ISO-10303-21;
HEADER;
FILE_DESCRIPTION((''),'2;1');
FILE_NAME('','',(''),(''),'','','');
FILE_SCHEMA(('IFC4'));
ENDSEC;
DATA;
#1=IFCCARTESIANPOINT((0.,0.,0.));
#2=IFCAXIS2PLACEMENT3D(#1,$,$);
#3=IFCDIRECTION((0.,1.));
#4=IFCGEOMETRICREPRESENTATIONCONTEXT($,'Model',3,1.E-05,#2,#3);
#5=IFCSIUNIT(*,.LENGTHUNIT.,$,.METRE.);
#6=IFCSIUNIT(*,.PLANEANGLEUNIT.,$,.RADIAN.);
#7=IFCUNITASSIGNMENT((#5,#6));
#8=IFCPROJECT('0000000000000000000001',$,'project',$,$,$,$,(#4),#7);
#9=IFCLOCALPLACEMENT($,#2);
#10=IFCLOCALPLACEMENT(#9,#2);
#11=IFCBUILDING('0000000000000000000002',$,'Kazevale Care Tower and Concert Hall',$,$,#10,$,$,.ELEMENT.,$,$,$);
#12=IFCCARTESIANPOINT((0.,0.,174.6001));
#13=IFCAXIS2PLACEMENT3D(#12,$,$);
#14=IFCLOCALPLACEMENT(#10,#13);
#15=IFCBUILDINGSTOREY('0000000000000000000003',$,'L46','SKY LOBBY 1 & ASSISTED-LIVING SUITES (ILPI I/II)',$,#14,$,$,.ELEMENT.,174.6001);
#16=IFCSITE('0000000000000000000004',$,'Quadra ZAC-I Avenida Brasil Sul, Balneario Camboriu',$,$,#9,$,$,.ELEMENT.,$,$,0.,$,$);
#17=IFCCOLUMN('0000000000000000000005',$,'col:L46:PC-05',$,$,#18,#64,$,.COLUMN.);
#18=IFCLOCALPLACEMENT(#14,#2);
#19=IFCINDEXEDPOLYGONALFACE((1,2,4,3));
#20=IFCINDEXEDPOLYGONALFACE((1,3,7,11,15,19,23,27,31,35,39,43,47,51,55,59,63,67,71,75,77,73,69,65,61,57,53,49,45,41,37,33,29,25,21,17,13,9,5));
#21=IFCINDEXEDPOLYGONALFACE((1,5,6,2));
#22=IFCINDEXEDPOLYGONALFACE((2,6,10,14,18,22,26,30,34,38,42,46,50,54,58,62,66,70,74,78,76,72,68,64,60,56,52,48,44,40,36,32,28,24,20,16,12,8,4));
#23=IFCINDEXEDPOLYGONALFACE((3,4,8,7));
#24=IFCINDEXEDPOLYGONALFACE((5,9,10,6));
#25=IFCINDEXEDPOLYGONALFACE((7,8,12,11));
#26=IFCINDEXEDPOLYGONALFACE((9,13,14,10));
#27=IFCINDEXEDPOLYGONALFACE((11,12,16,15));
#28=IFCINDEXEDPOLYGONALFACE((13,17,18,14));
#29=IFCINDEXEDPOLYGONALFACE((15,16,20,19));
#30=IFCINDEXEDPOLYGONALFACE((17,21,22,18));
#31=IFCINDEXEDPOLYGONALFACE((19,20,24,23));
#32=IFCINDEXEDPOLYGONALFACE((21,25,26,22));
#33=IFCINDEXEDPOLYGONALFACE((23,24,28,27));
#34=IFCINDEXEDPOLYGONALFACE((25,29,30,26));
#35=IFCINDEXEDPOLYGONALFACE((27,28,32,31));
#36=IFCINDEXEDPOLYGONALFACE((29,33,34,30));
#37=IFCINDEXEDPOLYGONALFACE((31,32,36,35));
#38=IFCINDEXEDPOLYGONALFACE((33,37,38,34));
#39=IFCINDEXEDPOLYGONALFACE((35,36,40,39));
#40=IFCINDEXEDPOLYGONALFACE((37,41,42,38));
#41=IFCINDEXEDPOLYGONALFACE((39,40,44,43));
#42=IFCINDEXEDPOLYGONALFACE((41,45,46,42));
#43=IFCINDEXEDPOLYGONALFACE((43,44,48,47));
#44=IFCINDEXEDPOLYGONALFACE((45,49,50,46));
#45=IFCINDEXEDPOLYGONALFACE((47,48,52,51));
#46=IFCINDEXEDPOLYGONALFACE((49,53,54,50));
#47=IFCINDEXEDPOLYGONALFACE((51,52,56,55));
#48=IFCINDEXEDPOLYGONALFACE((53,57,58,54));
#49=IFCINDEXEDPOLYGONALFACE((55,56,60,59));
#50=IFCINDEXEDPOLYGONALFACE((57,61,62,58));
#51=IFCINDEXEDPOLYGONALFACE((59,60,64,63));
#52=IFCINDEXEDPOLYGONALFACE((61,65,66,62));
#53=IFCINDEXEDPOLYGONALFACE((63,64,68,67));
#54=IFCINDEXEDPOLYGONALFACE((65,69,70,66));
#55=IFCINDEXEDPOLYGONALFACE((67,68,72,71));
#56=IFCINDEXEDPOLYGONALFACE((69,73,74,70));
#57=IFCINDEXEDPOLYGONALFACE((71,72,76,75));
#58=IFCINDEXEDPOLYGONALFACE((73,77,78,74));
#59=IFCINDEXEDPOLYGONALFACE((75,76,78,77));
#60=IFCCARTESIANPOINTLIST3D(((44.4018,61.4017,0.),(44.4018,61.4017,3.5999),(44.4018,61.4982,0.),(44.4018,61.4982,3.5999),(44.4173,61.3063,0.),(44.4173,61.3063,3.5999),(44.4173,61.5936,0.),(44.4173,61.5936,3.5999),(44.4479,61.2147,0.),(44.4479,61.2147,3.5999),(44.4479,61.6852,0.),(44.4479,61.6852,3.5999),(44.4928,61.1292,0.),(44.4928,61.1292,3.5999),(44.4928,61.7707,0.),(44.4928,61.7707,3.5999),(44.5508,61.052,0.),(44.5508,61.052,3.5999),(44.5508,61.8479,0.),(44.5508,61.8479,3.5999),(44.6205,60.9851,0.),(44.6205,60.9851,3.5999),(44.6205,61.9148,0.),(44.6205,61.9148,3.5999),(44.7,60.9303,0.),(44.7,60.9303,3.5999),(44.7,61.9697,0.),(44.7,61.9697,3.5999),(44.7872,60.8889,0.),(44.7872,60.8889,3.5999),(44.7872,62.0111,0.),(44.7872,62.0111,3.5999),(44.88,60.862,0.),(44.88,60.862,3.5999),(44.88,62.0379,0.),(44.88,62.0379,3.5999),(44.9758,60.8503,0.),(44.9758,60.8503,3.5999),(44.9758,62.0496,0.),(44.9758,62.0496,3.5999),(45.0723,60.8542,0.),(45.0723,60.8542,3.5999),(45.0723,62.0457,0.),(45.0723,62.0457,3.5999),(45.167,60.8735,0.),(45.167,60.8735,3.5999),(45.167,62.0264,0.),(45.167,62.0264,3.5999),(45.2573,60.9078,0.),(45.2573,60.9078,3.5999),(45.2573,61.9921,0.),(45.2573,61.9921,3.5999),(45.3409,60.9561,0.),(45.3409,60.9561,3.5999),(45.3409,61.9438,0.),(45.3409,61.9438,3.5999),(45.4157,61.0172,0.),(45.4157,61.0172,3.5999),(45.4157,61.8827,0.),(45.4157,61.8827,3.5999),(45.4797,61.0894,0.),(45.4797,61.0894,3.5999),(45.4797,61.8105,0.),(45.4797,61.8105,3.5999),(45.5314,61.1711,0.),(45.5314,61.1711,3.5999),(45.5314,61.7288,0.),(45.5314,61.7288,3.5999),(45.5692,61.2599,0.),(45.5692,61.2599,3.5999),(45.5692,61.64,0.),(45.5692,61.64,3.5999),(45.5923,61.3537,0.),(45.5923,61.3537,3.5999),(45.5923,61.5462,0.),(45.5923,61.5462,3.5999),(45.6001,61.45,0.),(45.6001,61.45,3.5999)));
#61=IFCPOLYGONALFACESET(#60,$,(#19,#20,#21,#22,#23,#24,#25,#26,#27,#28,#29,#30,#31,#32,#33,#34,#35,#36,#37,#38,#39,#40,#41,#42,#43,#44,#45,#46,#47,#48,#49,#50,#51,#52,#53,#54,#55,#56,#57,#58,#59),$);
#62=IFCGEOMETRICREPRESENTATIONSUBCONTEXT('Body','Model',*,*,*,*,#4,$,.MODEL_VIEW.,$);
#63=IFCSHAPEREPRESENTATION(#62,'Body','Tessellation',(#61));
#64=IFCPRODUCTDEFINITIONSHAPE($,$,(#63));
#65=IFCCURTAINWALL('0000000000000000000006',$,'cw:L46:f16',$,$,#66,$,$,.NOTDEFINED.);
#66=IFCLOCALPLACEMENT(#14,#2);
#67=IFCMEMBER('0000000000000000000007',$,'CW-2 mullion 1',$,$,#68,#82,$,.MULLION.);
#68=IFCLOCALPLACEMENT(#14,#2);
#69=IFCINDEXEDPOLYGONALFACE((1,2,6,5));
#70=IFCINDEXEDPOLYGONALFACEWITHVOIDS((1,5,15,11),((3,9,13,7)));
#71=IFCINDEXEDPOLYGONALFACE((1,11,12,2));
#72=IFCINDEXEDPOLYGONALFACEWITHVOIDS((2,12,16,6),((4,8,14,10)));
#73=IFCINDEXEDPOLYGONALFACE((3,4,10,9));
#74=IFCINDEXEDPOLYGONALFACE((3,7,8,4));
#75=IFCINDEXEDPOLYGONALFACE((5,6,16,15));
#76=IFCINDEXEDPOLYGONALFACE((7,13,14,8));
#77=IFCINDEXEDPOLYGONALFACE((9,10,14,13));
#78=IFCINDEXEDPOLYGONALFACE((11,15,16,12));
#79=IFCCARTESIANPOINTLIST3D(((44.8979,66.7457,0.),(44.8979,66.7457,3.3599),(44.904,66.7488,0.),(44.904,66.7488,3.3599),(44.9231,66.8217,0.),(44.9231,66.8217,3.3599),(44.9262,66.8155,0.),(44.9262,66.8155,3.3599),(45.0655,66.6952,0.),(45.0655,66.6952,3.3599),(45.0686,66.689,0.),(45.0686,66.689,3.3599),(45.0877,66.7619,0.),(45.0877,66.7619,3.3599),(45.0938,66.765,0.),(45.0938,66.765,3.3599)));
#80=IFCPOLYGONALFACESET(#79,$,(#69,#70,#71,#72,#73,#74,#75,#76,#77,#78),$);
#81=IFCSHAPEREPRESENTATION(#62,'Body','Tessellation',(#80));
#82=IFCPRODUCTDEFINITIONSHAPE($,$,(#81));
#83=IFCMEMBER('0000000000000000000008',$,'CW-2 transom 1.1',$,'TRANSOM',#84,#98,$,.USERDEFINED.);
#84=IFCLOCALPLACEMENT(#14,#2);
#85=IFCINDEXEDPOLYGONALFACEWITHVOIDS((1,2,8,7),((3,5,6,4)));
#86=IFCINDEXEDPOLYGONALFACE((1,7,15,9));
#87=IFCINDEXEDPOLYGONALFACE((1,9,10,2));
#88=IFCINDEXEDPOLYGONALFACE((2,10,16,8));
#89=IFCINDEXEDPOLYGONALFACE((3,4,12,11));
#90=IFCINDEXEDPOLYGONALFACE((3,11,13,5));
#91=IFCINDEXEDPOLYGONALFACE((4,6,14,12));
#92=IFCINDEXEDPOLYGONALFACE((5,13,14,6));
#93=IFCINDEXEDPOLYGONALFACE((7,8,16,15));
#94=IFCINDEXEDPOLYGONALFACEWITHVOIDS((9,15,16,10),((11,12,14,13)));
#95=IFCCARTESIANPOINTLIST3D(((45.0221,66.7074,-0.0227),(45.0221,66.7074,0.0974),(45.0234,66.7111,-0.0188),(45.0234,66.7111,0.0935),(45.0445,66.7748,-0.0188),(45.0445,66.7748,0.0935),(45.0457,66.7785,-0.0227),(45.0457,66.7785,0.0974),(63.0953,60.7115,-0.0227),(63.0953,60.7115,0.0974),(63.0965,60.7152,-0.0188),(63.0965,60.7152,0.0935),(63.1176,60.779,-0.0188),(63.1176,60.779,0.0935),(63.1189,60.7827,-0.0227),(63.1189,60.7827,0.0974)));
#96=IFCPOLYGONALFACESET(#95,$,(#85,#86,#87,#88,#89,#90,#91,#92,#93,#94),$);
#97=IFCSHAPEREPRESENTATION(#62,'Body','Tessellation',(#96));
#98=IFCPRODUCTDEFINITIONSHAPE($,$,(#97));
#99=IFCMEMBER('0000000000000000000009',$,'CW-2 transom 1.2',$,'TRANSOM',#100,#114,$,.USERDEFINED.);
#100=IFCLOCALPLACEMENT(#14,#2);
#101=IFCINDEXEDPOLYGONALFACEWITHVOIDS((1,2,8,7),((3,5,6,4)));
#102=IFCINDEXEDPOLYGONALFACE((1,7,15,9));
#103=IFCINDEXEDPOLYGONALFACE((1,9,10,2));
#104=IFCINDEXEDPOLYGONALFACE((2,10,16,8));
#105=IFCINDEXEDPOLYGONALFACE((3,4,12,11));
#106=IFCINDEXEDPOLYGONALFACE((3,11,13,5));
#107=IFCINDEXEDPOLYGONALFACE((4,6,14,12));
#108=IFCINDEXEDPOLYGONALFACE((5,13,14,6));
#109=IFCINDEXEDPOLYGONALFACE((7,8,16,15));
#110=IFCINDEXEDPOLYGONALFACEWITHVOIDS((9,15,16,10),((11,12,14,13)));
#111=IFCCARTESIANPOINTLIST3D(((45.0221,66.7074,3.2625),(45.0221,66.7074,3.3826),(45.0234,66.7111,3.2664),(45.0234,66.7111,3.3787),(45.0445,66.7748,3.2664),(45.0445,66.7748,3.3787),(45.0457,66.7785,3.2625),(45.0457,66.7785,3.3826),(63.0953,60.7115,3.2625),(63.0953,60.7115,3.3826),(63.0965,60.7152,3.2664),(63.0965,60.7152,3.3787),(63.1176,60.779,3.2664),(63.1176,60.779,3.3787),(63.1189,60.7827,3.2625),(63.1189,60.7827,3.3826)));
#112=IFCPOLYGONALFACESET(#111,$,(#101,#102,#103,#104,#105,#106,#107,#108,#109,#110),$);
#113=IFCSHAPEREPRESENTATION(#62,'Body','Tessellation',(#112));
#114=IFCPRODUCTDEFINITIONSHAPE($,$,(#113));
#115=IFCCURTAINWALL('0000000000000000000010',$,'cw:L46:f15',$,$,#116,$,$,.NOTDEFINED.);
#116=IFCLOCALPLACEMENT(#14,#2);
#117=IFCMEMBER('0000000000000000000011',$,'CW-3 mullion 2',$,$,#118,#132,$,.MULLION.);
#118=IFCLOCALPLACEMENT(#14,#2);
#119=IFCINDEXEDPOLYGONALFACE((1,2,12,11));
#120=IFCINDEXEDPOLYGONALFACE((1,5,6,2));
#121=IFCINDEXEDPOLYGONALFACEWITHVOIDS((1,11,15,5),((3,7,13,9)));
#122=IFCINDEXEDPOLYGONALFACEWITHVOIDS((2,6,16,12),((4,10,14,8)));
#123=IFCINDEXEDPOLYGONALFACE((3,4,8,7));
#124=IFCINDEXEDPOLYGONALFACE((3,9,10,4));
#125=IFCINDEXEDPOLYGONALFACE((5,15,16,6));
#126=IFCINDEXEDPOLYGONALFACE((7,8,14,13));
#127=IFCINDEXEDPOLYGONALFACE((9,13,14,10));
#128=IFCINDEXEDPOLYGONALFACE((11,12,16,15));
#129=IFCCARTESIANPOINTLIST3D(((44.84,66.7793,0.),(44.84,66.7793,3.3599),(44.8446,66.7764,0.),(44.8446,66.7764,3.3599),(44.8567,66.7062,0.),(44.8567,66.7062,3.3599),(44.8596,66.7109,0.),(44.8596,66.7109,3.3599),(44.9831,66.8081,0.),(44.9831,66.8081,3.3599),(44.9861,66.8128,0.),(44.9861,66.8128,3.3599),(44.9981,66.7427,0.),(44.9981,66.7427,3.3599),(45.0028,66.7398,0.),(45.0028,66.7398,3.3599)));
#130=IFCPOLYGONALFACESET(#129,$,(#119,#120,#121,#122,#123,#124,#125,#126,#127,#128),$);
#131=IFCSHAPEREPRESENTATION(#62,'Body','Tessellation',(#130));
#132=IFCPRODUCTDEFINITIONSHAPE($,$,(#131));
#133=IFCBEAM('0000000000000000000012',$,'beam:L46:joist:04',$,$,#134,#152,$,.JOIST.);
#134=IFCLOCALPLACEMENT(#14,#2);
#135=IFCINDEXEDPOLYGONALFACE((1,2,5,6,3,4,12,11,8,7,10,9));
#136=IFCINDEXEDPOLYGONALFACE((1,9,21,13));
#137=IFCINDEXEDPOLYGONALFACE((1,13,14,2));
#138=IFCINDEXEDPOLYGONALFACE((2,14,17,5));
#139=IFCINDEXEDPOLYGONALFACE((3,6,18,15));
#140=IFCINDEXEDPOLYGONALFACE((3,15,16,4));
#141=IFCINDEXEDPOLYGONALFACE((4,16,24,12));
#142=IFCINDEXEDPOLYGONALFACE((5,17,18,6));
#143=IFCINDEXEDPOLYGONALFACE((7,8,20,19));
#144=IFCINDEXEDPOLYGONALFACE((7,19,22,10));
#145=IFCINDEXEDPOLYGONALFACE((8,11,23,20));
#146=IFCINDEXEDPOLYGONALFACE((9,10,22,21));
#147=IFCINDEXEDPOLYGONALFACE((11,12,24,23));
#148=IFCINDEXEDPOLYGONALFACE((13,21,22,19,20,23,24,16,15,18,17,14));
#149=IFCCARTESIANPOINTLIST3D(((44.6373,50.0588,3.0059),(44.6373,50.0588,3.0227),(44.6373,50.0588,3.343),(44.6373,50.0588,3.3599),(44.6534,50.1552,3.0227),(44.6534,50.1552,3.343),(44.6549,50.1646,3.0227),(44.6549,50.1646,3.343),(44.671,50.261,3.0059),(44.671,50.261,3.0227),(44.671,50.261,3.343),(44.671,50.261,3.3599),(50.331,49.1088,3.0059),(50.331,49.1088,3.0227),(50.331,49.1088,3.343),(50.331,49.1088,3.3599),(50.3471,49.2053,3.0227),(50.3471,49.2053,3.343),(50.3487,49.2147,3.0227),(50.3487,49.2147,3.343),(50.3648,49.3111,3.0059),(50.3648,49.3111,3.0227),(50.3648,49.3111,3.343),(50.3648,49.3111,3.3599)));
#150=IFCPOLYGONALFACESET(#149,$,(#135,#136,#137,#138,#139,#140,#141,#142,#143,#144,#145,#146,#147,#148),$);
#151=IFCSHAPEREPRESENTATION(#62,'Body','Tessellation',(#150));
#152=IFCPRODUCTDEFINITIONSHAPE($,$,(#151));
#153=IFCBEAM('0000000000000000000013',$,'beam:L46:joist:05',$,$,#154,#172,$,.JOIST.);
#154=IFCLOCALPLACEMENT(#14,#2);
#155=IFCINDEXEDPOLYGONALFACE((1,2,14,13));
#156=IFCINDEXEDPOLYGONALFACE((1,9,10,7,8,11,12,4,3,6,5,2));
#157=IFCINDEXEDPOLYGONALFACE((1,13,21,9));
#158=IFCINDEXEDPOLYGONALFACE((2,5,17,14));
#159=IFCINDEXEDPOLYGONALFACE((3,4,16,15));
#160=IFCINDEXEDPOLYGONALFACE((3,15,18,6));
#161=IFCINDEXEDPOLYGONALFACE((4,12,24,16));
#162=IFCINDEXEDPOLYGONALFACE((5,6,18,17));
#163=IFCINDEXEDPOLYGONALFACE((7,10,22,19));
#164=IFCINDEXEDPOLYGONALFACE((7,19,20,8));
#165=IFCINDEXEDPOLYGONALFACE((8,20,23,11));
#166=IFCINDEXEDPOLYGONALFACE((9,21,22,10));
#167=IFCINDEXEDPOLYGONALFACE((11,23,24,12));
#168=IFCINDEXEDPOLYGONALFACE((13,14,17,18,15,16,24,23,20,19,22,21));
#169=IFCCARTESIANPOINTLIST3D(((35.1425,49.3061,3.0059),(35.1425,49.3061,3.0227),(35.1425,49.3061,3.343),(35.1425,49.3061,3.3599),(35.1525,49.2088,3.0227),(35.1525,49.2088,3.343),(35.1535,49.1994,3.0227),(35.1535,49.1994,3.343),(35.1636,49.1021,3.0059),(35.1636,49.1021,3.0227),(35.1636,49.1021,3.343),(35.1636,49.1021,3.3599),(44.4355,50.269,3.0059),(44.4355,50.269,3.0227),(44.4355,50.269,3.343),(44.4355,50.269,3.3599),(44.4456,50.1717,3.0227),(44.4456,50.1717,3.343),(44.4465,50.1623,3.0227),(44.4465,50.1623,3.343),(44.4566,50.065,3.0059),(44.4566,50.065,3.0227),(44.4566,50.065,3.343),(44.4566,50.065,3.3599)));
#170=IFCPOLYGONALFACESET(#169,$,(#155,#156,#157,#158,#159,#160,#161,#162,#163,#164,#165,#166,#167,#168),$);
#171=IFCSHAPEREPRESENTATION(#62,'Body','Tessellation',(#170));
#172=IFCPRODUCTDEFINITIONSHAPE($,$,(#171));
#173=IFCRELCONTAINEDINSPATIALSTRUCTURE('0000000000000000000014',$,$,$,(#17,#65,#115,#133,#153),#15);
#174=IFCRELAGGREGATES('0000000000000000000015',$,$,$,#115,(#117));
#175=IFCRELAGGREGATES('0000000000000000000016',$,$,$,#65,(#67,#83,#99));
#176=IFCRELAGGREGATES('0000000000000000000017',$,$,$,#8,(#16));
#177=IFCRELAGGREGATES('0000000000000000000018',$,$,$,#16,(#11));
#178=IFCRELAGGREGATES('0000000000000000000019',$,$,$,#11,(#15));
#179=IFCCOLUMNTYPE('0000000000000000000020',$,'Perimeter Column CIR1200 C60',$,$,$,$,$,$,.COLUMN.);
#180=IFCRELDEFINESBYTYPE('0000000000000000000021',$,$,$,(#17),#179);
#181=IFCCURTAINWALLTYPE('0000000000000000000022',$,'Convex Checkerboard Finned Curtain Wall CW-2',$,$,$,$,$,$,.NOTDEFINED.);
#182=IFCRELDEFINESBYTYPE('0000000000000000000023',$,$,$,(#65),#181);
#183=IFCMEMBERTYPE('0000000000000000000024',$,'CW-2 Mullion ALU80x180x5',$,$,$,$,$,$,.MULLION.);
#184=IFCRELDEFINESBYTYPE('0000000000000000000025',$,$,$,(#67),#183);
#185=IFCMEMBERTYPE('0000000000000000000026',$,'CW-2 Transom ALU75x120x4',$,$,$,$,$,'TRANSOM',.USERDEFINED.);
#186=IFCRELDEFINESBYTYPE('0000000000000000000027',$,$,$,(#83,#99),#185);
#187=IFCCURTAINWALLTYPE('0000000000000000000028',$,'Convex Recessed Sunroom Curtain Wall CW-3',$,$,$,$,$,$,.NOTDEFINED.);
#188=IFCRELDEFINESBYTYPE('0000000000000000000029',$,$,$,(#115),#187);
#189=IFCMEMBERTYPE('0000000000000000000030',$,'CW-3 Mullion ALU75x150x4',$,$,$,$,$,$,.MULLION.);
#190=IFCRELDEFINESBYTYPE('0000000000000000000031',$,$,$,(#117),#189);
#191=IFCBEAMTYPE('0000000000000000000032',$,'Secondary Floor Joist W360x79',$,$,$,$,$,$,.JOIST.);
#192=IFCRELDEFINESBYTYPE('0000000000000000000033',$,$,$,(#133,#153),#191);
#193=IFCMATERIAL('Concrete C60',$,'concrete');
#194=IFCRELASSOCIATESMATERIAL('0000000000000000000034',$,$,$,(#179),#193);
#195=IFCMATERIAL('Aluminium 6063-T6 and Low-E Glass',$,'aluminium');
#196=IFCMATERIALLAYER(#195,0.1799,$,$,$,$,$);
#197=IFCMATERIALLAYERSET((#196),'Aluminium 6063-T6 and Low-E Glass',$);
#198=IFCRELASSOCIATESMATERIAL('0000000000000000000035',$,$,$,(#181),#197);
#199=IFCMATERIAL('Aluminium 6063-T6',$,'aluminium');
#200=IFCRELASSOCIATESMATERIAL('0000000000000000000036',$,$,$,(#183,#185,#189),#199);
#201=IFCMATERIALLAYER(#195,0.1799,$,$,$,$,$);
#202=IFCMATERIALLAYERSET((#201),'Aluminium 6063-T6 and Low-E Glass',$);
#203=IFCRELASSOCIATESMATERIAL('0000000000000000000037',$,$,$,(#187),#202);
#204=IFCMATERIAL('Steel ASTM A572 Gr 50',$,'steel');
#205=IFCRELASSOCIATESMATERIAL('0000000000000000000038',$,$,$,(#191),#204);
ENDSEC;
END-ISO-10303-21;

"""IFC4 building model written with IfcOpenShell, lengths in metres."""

from ifc_helpers import new_model, si_unit, direction, frame, origin, origin_2d, place, context, subcontext, project, spatial, hollow_rectangle, circle, i_section, extrude, material, layer, layer_set, material_profile, profile_set, type_object, element, aggregate, save


model = new_model("IFC4")

# Units and contexts
model_context = context("Model", 3, precision=1e-05, world=origin(), true_north=direction((0.0, 1.0)))
body_context = subcontext(model_context, "Body", "Model", "MODEL_VIEW")
ifc_project = project(units=[si_unit("LENGTHUNIT", "METRE"), si_unit("PLANEANGLEUNIT", "RADIAN")], contexts=[model_context])

# Site, building, storey
site_placement = place(None, origin())
site = spatial("IfcSite", under=ifc_project, at=site_placement, Name="Quadra ZAC-I Avenida Brasil Sul, Balneario Camboriu", CompositionType="ELEMENT", RefElevation=0.0)
building_placement = place(site_placement, origin())
building = spatial("IfcBuilding", under=site, at=building_placement, Name="Kazevale Care Tower and Concert Hall", CompositionType="ELEMENT")
storey_placement = place(building_placement, frame((0.0, 0.0, 174.6001)))
storey = spatial("IfcBuildingStorey", under=building, at=storey_placement, Name="L46", Description="SKY LOBBY 1 & ASSISTED-LIVING SUITES (ILPI I/II)", CompositionType="ELEMENT", Elevation=174.6001)

# Column
ifc_material_1 = material(Name="Concrete C60", Category="concrete")
ifc_material_profile_1 = material_profile(ifc_material_1, circle(Radius=0.6001, at=origin_2d()), Name="RC-CIR1200")
ifc_profile_set_1 = profile_set([ifc_material_profile_1], Name="Concrete C60")
column_type = type_object("IfcColumnType", Name="Perimeter Column CIR1200 C60", PredefinedType="COLUMN", material=ifc_profile_set_1)
column_placement = place(storey_placement, frame((45.0, 61.45, 0.0), z_axis=(0.0, 0.0, 1.0), x_axis=(1.0, 0.0, 0.0)))
element("IfcColumn", 1, at=column_placement, inside=storey, type_object=column_type, Name="col:L46:PC-05", PredefinedType="COLUMN", context=body_context, shape_type="SweptSolid", body=[
    extrude(circle(Radius=0.6001, at=origin_2d()), origin(), (0.0, 0.0, 1.0), 3.5999),
])

# Curtain wall, members
ifc_material_2 = material(Name="Aluminium 6063-T6 and Low-E Glass", Category="aluminium")
ifc_layer_1 = layer(ifc_material_2, 0.1799)
ifc_layer_set_1 = layer_set([ifc_layer_1], Name="Aluminium 6063-T6 and Low-E Glass")
curtain_wall_type_1 = type_object("IfcCurtainWallType", Name="Convex Checkerboard Finned Curtain Wall CW-2", PredefinedType="NOTDEFINED", material=ifc_layer_set_1)
curtain_wall_1_placement = place(storey_placement, origin())
curtain_wall_1 = element("IfcCurtainWall", 2, at=curtain_wall_1_placement, inside=storey, type_object=curtain_wall_type_1, Name="cw:L46:f16", PredefinedType="NOTDEFINED")
ifc_material_3 = material(Name="Aluminium 6063-T6", Category="aluminium")
ifc_material_profile_2 = material_profile(ifc_material_3, hollow_rectangle(XDim=0.0801, YDim=0.1799, WallThickness=0.0049, at=origin_2d()), Name="ALU80x180x5")
ifc_profile_set_2 = profile_set([ifc_material_profile_2], Name="Aluminium 6063-T6")
member_type_1 = type_object("IfcMemberType", Name="CW-2 Mullion ALU80x180x5", PredefinedType="MULLION", material=ifc_profile_set_2)
member_1_placement = place(storey_placement, frame((44.9958, 66.7554, 0.0), z_axis=(0.0, 0.0, 1.0), x_axis=(0.314868, 0.949135, 0.0)))
member_1 = element("IfcMember", 3, at=member_1_placement, type_object=member_type_1, Name="CW-2 mullion 1", PredefinedType="MULLION", context=body_context, shape_type="SweptSolid", body=[
    extrude(hollow_rectangle(XDim=0.0801, YDim=0.1799, WallThickness=0.0049, at=origin_2d()), origin(), (0.0, 0.0, 1.0), 3.3599),
])
ifc_material_profile_3 = material_profile(ifc_material_3, hollow_rectangle(XDim=0.075, YDim=0.1201, WallThickness=0.0039, at=origin_2d()), Name="ALU75x120x4")
ifc_profile_set_3 = profile_set([ifc_material_profile_3], Name="Aluminium 6063-T6")
member_type_2 = type_object("IfcMemberType", Name="CW-2 Transom ALU75x120x4", ElementType="TRANSOM", PredefinedType="USERDEFINED", material=ifc_profile_set_3)
member_2_placement = place(storey_placement, frame((45.0339, 66.7429, 0.0374), z_axis=(0.949132, -0.314877, 0.0), x_axis=(0.314877, 0.949132, 0.0)))
member_2 = element("IfcMember", 4, at=member_2_placement, type_object=member_type_2, Name="CW-2 transom 1.1", ObjectType="TRANSOM", PredefinedType="USERDEFINED", context=body_context, shape_type="SweptSolid", body=[
    extrude(hollow_rectangle(XDim=0.075, YDim=0.1201, WallThickness=0.0039, at=origin_2d()), origin(), (0.0, 0.0, 1.0), 19.0417),
])
member_3_placement = place(storey_placement, frame((45.0339, 66.7429, 3.3225), z_axis=(0.949132, -0.314877, 0.0), x_axis=(0.314877, 0.949132, 0.0)))
member_3 = element("IfcMember", 5, at=member_3_placement, type_object=member_type_2, Name="CW-2 transom 1.2", ObjectType="TRANSOM", PredefinedType="USERDEFINED", context=body_context, shape_type="SweptSolid", body=[
    extrude(hollow_rectangle(XDim=0.075, YDim=0.1201, WallThickness=0.0039, at=origin_2d()), origin(), (0.0, 0.0, 1.0), 19.0417),
])

# Curtain wall, member
ifc_layer_2 = layer(ifc_material_2, 0.1799)
ifc_layer_set_2 = layer_set([ifc_layer_2], Name="Aluminium 6063-T6 and Low-E Glass")
curtain_wall_type_2 = type_object("IfcCurtainWallType", Name="Convex Recessed Sunroom Curtain Wall CW-3", PredefinedType="NOTDEFINED", material=ifc_layer_set_2)
curtain_wall_2_placement = place(storey_placement, origin())
curtain_wall_2 = element("IfcCurtainWall", 6, at=curtain_wall_2_placement, inside=storey, type_object=curtain_wall_type_2, Name="cw:L46:f15", PredefinedType="NOTDEFINED")
ifc_material_profile_4 = material_profile(ifc_material_3, hollow_rectangle(XDim=0.075, YDim=0.1499, WallThickness=0.0039, at=origin_2d()), Name="ALU75x150x4")
ifc_profile_set_4 = profile_set([ifc_material_profile_4], Name="Aluminium 6063-T6")
member_type_3 = type_object("IfcMemberType", Name="CW-3 Mullion ALU75x150x4", PredefinedType="MULLION", material=ifc_profile_set_4)
member_4_placement = place(storey_placement, frame((44.9214, 66.7595, 0.0), z_axis=(0.0, 0.0, 1.0), x_axis=(-0.223567, 0.974688, 0.0)))
member_4 = element("IfcMember", 7, at=member_4_placement, type_object=member_type_3, Name="CW-3 mullion 2", PredefinedType="MULLION", context=body_context, shape_type="SweptSolid", body=[
    extrude(hollow_rectangle(XDim=0.075, YDim=0.1499, WallThickness=0.0039, at=origin_2d()), origin(), (0.0, 0.0, 1.0), 3.3599),
])
aggregate(curtain_wall_2, [member_4])

# Beams
ifc_material_4 = material(Name="Steel ASTM A572 Gr 50", Category="steel")
ifc_material_profile_5 = material_profile(ifc_material_4, i_section(OverallWidth=0.2051, OverallDepth=0.354, WebThickness=0.0095, FlangeThickness=0.0168, at=origin_2d()), Name="W360x79")
ifc_profile_set_5 = profile_set([ifc_material_profile_5], Name="Steel ASTM A572 Gr 50")
beam_type_1 = type_object("IfcBeamType", Name="Secondary Floor Joist W360x79", PredefinedType="JOIST", material=ifc_profile_set_5)
beam_1_placement = place(storey_placement, frame((50.3479, 49.21, 3.1829), z_axis=(-0.986366, 0.164564, 0.0), x_axis=(-0.164564, -0.986366, 0.0)))
element("IfcBeam", 8, at=beam_1_placement, inside=storey, type_object=beam_type_1, Name="beam:L46:joist:04", PredefinedType="JOIST", context=body_context, shape_type="SweptSolid", body=[
    extrude(i_section(OverallWidth=0.2051, OverallDepth=0.354, WebThickness=0.0095, FlangeThickness=0.0168, at=origin_2d()), origin(), (0.0, 0.0, 1.0), 5.7725),
])
beam_2_placement = place(storey_placement, frame((44.446, 50.167, 3.1829), z_axis=(-0.994675, -0.103063, 0.0), x_axis=(0.103063, -0.994675, 0.0)))
element("IfcBeam", 9, at=beam_2_placement, inside=storey, type_object=beam_type_1, Name="beam:L46:joist:05", PredefinedType="JOIST", context=body_context, shape_type="SweptSolid", body=[
    extrude(i_section(OverallWidth=0.2051, OverallDepth=0.354, WebThickness=0.0095, FlangeThickness=0.0168, at=origin_2d()), origin(), (0.0, 0.0, 1.0), 9.3428),
])

aggregate(curtain_wall_1, [member_1, member_2, member_3])

save(model, "model.ifc")
